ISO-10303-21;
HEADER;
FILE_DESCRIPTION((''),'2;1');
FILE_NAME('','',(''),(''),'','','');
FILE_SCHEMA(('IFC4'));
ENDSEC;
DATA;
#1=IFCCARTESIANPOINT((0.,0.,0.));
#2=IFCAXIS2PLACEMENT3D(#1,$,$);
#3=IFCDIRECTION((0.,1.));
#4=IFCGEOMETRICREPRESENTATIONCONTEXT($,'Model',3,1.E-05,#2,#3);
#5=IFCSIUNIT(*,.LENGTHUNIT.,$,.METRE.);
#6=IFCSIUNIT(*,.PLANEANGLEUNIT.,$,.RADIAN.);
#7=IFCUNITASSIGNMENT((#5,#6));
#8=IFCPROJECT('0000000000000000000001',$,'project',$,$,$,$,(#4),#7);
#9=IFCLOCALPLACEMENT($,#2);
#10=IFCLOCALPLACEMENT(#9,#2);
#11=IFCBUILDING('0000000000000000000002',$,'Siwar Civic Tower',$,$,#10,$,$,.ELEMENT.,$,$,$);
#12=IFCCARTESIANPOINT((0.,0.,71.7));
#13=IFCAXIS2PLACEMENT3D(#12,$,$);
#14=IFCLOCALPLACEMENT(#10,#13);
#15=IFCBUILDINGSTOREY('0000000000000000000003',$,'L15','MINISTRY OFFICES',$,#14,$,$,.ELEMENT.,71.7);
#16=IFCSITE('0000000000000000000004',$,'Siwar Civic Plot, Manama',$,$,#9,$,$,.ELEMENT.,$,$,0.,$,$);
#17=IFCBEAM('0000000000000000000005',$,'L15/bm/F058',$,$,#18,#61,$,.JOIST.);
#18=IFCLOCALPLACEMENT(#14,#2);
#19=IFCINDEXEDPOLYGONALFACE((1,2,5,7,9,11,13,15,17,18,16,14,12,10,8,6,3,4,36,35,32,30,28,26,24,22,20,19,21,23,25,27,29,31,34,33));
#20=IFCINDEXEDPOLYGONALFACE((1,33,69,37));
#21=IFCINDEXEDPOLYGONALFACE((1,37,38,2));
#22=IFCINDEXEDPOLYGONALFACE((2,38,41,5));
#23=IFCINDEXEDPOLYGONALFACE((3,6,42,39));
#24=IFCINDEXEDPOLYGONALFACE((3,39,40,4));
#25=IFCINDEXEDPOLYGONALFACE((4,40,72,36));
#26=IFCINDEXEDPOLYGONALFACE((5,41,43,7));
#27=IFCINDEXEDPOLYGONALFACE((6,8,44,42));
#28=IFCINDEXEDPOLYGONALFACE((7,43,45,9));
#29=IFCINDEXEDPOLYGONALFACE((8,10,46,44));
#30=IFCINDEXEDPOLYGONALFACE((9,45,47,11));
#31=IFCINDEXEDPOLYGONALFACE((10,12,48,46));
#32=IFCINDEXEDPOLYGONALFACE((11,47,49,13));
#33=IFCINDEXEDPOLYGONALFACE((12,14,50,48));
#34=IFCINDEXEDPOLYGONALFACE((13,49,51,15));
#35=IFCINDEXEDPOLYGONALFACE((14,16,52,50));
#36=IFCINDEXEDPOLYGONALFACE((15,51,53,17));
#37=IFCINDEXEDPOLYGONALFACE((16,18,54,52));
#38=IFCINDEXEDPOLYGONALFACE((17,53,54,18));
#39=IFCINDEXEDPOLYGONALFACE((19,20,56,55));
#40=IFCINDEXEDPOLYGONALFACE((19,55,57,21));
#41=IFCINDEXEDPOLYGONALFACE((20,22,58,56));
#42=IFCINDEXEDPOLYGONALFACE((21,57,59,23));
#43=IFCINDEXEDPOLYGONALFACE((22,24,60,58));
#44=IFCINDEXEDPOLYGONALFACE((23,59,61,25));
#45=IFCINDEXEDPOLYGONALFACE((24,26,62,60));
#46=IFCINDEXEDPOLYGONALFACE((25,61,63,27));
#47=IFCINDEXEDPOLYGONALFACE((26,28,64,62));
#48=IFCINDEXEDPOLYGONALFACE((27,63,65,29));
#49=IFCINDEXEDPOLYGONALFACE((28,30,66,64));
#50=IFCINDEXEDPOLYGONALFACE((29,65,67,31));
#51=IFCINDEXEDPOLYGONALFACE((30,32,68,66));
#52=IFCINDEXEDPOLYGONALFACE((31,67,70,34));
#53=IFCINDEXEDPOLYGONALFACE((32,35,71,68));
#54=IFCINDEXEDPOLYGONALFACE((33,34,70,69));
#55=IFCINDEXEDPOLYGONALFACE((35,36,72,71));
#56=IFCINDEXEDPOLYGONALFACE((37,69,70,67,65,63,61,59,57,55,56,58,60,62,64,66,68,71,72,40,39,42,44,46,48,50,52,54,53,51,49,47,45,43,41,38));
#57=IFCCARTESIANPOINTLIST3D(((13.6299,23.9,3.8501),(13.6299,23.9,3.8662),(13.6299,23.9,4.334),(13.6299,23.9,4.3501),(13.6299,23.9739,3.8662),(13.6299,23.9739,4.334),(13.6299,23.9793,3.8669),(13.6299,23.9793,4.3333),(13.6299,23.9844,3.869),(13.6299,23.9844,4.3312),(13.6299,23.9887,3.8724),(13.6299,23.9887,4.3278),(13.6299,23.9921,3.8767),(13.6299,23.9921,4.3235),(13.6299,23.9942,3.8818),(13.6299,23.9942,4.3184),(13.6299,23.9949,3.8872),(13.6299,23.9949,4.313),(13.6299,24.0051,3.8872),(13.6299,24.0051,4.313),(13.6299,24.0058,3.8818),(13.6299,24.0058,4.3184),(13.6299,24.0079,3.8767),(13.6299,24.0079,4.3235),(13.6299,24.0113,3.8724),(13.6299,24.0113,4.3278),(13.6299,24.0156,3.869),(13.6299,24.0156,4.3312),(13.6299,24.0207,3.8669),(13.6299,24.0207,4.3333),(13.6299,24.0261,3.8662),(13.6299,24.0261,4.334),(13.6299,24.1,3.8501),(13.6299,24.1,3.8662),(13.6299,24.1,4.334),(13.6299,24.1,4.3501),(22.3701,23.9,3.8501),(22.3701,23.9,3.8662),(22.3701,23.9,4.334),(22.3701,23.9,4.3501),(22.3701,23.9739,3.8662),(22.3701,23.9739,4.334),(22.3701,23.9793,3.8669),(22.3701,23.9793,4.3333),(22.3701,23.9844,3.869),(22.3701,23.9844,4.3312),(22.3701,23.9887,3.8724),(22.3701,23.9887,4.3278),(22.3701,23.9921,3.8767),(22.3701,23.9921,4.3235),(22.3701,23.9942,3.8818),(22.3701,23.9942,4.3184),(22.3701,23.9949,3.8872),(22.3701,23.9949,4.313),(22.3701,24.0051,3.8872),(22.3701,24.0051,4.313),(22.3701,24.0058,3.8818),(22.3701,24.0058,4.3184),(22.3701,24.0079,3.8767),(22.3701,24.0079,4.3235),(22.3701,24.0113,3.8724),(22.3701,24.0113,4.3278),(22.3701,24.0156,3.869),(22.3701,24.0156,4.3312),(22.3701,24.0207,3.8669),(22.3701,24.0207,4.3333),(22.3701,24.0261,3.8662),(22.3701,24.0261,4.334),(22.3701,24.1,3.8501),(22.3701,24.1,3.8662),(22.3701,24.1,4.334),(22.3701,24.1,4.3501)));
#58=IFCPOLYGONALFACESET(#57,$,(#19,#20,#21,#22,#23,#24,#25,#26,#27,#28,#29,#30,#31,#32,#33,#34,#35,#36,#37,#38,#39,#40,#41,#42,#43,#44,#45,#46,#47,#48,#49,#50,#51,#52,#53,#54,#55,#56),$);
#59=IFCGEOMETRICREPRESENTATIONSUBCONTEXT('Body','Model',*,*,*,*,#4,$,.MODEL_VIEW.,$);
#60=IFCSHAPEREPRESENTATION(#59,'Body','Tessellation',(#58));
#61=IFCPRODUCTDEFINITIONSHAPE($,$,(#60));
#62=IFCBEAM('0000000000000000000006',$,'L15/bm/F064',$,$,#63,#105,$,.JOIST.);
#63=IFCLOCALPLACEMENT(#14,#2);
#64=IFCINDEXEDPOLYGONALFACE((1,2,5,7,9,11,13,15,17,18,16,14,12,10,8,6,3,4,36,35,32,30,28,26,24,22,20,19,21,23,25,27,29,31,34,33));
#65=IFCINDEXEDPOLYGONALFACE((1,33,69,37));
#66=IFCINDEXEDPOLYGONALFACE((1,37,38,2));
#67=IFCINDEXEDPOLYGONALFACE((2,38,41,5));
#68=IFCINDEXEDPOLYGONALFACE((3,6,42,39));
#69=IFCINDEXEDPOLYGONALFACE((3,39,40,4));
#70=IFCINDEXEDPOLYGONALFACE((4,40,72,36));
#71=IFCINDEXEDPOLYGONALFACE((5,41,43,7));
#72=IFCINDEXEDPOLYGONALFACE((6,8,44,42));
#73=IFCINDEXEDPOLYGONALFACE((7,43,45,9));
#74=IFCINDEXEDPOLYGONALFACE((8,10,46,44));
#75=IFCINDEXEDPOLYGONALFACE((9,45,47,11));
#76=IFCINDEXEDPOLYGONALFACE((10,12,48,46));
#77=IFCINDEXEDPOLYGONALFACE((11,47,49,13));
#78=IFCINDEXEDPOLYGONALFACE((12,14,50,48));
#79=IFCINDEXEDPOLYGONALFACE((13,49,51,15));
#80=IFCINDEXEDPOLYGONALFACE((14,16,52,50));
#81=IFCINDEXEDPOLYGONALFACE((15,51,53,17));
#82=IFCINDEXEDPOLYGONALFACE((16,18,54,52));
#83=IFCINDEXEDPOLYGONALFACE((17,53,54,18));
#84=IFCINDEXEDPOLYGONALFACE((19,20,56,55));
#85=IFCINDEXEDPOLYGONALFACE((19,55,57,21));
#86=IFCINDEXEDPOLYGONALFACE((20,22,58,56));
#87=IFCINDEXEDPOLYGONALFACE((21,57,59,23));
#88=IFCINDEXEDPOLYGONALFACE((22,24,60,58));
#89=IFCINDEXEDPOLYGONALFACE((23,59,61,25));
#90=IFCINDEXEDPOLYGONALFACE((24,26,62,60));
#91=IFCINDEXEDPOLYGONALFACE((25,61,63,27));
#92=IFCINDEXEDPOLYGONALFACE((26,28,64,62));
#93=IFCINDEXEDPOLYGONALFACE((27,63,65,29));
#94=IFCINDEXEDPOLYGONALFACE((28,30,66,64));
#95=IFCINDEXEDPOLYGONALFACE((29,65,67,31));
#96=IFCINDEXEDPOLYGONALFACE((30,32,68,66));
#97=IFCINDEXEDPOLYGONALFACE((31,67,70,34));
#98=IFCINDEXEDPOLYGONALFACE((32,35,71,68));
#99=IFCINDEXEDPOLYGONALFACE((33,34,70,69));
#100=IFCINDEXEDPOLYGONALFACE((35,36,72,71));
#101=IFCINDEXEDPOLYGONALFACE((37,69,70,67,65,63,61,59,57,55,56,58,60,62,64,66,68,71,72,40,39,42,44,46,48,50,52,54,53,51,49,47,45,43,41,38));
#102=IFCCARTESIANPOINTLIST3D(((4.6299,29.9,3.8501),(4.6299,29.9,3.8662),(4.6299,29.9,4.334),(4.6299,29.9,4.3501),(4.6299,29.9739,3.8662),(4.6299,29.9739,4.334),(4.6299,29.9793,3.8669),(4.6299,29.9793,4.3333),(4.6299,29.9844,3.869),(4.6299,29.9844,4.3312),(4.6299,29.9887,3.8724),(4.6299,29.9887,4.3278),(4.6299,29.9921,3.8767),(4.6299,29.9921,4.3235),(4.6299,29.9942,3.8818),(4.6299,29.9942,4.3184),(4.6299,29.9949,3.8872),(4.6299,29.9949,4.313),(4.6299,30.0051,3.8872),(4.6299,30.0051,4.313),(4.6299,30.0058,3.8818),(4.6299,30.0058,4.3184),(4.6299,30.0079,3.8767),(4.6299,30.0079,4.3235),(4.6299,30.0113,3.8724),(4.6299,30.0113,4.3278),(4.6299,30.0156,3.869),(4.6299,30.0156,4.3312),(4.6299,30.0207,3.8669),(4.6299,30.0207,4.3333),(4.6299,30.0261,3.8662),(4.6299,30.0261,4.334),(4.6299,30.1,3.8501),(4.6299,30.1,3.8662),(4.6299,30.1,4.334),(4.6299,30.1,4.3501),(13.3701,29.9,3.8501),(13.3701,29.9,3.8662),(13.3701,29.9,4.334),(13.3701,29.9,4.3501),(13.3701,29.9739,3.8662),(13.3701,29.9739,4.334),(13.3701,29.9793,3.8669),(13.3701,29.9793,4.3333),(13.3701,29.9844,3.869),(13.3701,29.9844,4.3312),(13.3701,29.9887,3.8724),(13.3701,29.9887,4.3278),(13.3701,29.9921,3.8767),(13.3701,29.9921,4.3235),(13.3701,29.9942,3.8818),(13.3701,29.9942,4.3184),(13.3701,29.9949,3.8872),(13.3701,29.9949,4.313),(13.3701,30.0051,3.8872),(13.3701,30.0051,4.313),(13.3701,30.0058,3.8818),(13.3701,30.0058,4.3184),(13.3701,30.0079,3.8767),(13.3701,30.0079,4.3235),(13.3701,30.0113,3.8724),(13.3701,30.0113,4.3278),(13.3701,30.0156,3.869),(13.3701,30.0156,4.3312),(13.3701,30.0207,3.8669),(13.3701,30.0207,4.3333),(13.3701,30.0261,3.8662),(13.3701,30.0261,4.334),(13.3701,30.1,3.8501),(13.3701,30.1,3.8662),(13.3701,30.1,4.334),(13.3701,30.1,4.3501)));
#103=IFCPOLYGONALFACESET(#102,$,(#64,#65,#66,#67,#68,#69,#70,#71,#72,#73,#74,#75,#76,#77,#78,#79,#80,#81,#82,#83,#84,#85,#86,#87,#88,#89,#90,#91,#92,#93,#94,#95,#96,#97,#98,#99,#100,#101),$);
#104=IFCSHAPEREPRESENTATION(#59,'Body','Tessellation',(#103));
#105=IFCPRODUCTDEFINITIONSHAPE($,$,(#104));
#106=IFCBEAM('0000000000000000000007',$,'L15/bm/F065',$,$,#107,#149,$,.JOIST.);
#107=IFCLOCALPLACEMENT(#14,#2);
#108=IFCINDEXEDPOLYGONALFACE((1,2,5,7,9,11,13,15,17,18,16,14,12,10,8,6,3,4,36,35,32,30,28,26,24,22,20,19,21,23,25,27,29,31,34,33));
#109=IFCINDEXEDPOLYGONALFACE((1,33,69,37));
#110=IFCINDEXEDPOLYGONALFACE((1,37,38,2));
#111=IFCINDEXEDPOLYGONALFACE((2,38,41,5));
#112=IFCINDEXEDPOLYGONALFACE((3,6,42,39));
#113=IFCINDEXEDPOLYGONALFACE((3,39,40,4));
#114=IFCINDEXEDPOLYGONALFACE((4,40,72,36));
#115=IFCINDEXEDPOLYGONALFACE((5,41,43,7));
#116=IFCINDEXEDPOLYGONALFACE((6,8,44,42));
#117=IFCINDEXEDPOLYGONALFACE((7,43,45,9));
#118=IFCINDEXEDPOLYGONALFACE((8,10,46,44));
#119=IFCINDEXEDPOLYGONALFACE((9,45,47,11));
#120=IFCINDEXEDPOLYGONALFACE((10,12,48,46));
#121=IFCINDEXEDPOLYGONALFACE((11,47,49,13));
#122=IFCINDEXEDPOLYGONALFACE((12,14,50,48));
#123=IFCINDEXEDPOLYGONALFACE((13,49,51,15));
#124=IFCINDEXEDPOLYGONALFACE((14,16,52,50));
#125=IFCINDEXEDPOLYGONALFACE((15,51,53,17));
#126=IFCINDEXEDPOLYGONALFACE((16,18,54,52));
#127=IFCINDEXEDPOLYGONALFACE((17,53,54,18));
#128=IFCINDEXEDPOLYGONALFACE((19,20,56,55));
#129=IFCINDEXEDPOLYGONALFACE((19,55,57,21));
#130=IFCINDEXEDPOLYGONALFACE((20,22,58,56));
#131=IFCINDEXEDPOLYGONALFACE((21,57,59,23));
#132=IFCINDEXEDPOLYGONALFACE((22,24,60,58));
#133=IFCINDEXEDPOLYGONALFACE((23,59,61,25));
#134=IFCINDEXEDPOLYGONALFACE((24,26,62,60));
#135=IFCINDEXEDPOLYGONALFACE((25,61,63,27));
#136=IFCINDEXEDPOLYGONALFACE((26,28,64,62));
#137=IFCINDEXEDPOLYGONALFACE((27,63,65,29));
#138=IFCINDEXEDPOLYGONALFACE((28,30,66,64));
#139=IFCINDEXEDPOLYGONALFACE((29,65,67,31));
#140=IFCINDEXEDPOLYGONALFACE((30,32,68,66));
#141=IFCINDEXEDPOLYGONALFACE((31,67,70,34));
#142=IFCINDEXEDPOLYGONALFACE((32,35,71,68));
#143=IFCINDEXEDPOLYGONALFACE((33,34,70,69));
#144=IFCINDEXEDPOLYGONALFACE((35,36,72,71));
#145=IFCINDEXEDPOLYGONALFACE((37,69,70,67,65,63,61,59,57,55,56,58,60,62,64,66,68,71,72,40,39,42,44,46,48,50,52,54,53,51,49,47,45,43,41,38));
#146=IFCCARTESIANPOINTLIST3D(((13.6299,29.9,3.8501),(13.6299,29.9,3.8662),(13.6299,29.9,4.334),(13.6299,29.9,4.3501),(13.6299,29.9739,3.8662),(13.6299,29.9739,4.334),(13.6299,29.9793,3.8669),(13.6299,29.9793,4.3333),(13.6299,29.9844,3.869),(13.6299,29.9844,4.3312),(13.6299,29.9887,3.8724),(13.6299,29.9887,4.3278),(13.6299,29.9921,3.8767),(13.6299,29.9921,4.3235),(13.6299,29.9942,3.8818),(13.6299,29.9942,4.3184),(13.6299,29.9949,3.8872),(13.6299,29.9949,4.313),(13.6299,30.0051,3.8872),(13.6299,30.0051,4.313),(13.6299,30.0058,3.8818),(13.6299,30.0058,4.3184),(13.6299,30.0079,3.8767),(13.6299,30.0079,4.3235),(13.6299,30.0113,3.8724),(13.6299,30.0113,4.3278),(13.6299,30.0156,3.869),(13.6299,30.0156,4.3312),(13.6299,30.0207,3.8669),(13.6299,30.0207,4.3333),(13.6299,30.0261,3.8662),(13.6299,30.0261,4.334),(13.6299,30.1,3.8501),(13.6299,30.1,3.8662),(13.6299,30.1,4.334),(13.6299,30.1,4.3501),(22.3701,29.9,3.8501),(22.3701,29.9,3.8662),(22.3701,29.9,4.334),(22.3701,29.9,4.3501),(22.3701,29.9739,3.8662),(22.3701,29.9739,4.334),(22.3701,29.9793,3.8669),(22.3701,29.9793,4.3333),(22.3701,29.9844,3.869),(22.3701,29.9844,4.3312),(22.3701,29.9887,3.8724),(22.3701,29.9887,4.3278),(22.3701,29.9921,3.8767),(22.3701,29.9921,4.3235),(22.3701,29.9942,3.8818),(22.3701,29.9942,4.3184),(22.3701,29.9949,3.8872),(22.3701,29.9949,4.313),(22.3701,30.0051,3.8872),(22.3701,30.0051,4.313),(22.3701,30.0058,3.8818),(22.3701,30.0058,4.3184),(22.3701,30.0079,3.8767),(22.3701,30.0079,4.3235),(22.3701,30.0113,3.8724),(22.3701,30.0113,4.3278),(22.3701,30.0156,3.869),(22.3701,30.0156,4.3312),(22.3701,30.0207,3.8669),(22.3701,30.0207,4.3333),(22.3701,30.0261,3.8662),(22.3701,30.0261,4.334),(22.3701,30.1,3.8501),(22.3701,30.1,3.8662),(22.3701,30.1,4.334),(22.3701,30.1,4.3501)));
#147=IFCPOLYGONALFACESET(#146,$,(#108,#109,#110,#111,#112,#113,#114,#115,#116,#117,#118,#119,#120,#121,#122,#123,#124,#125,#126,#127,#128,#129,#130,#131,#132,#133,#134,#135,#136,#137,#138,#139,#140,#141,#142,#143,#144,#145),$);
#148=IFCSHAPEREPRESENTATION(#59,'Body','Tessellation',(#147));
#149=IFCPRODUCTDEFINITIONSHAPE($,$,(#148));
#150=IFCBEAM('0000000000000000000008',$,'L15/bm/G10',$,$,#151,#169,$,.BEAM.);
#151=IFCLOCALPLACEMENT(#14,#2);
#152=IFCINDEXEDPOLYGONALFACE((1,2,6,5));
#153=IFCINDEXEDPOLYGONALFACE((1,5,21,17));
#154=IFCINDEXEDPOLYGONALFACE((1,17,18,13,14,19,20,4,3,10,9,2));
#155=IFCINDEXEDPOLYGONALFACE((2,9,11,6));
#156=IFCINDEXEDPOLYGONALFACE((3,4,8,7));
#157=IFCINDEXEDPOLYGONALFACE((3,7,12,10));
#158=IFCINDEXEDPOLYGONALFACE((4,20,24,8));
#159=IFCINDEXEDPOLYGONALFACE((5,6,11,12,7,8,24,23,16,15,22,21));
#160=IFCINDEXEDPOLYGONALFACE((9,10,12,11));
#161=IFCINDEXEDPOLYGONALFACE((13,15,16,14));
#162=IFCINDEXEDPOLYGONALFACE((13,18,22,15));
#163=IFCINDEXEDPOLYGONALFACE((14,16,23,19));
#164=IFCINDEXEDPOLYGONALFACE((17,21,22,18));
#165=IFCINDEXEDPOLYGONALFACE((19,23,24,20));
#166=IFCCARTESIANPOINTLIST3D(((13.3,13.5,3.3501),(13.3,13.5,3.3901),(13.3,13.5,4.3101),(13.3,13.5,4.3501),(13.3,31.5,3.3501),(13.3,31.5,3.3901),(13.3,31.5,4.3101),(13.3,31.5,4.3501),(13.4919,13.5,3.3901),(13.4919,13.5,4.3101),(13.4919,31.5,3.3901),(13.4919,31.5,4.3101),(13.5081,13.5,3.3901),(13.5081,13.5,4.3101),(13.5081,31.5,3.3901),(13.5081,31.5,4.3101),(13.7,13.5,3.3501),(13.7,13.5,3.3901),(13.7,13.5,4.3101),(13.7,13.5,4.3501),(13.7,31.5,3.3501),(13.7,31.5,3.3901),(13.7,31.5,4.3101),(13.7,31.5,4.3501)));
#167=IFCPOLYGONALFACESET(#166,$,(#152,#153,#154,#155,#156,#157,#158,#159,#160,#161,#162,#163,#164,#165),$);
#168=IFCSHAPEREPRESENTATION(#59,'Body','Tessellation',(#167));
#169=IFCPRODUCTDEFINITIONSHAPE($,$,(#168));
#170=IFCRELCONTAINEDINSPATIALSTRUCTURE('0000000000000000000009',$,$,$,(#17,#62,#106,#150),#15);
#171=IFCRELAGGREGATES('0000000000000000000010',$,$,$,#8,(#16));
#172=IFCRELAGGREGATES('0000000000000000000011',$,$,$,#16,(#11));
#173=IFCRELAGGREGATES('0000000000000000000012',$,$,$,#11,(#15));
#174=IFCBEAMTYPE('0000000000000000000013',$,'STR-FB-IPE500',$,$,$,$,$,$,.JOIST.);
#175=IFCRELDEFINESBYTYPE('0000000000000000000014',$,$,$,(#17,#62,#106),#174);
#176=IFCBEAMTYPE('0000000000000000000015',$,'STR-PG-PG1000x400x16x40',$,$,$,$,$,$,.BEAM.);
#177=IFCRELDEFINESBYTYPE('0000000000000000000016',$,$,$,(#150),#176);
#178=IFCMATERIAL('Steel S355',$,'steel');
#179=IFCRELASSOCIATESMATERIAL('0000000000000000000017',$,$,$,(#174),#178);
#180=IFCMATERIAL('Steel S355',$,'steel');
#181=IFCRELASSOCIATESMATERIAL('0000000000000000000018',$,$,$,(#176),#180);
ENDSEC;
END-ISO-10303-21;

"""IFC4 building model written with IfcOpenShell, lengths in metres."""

from ifc_helpers import new_model, si_unit, direction, frame, origin, origin_2d, place, context, subcontext, project, spatial, i_section, extrude, material, material_profile, profile_set, type_object, element, save


model = new_model("IFC4")

# Units and contexts
model_context = context("Model", 3, precision=1e-05, world=origin(), true_north=direction((0.0, 1.0)))
body_context = subcontext(model_context, "Body", "Model", "MODEL_VIEW")
ifc_project = project(units=[si_unit("LENGTHUNIT", "METRE"), si_unit("PLANEANGLEUNIT", "RADIAN")], contexts=[model_context])

# Site, building, storey
site_placement = place(None, origin())
site = spatial("IfcSite", under=ifc_project, at=site_placement, Name="Siwar Civic Plot, Manama", CompositionType="ELEMENT", RefElevation=0.0)
building_placement = place(site_placement, origin())
building = spatial("IfcBuilding", under=site, at=building_placement, Name="Siwar Civic Tower", CompositionType="ELEMENT")
storey_placement = place(building_placement, frame((0.0, 0.0, 71.7)))
storey = spatial("IfcBuildingStorey", under=building, at=storey_placement, Name="L15", Description="MINISTRY OFFICES", CompositionType="ELEMENT", Elevation=71.7)

# Beams
ifc_material_1 = material(Name="Steel S355", Category="steel")
ifc_material_profile_1 = material_profile(ifc_material_1, i_section(OverallWidth=0.2, OverallDepth=0.5, WebThickness=0.0103, FlangeThickness=0.0161, FilletRadius=0.021, at=origin_2d()), Name="IPE500")
ifc_profile_set_1 = profile_set([ifc_material_profile_1], Name="Steel S355")
beam_type_1 = type_object("IfcBeamType", Name="STR-FB-IPE500", PredefinedType="JOIST", material=ifc_profile_set_1)
for number, where, z_axis, x_axis, name in (
    (1, (13.6299, 24.0, 4.1001), (1.0, 0.0, 0.0), (0.0, 1.0, 0.0), "L15/bm/F058"),
    (2, (4.6299, 30.0, 4.1001), (1.0, 0.0, 0.0), (0.0, 1.0, 0.0), "L15/bm/F064"),
    (3, (13.6299, 30.0, 4.1001), (1.0, 0.0, 0.0), (0.0, 1.0, 0.0), "L15/bm/F065"),
):
    element("IfcBeam", number, at=place(storey_placement, frame(where, z_axis=z_axis, x_axis=x_axis)), inside=storey, type_object=beam_type_1, Name=name, PredefinedType="JOIST", context=body_context, shape_type="SweptSolid", body=[
        extrude(i_section(OverallWidth=0.2, OverallDepth=0.5, WebThickness=0.0103, FlangeThickness=0.0161, FilletRadius=0.021, at=origin_2d()), origin(), (0.0, 0.0, 1.0), 8.7402),
    ])
ifc_material_2 = material(Name="Steel S355", Category="steel")
ifc_material_profile_2 = material_profile(ifc_material_2, i_section(OverallWidth=0.3999, OverallDepth=1.0, WebThickness=0.0161, FlangeThickness=0.04, at=origin_2d()), Name="PG1000x400x16x40")
ifc_profile_set_2 = profile_set([ifc_material_profile_2], Name="Steel S355")
beam_type_2 = type_object("IfcBeamType", Name="STR-PG-PG1000x400x16x40", PredefinedType="BEAM", material=ifc_profile_set_2)
beam_1_placement = place(storey_placement, frame((13.5, 13.5, 3.8501), z_axis=(0.0, 1.0, 0.0), x_axis=(-1.0, 0.0, 0.0)))
element("IfcBeam", 4, at=beam_1_placement, inside=storey, type_object=beam_type_2, Name="L15/bm/G10", PredefinedType="BEAM", context=body_context, shape_type="SweptSolid", body=[
    extrude(i_section(OverallWidth=0.3999, OverallDepth=1.0, WebThickness=0.0161, FlangeThickness=0.04, at=origin_2d()), origin(), (0.0, 0.0, 1.0), 18.0),
])

save(model, "model.ifc")
